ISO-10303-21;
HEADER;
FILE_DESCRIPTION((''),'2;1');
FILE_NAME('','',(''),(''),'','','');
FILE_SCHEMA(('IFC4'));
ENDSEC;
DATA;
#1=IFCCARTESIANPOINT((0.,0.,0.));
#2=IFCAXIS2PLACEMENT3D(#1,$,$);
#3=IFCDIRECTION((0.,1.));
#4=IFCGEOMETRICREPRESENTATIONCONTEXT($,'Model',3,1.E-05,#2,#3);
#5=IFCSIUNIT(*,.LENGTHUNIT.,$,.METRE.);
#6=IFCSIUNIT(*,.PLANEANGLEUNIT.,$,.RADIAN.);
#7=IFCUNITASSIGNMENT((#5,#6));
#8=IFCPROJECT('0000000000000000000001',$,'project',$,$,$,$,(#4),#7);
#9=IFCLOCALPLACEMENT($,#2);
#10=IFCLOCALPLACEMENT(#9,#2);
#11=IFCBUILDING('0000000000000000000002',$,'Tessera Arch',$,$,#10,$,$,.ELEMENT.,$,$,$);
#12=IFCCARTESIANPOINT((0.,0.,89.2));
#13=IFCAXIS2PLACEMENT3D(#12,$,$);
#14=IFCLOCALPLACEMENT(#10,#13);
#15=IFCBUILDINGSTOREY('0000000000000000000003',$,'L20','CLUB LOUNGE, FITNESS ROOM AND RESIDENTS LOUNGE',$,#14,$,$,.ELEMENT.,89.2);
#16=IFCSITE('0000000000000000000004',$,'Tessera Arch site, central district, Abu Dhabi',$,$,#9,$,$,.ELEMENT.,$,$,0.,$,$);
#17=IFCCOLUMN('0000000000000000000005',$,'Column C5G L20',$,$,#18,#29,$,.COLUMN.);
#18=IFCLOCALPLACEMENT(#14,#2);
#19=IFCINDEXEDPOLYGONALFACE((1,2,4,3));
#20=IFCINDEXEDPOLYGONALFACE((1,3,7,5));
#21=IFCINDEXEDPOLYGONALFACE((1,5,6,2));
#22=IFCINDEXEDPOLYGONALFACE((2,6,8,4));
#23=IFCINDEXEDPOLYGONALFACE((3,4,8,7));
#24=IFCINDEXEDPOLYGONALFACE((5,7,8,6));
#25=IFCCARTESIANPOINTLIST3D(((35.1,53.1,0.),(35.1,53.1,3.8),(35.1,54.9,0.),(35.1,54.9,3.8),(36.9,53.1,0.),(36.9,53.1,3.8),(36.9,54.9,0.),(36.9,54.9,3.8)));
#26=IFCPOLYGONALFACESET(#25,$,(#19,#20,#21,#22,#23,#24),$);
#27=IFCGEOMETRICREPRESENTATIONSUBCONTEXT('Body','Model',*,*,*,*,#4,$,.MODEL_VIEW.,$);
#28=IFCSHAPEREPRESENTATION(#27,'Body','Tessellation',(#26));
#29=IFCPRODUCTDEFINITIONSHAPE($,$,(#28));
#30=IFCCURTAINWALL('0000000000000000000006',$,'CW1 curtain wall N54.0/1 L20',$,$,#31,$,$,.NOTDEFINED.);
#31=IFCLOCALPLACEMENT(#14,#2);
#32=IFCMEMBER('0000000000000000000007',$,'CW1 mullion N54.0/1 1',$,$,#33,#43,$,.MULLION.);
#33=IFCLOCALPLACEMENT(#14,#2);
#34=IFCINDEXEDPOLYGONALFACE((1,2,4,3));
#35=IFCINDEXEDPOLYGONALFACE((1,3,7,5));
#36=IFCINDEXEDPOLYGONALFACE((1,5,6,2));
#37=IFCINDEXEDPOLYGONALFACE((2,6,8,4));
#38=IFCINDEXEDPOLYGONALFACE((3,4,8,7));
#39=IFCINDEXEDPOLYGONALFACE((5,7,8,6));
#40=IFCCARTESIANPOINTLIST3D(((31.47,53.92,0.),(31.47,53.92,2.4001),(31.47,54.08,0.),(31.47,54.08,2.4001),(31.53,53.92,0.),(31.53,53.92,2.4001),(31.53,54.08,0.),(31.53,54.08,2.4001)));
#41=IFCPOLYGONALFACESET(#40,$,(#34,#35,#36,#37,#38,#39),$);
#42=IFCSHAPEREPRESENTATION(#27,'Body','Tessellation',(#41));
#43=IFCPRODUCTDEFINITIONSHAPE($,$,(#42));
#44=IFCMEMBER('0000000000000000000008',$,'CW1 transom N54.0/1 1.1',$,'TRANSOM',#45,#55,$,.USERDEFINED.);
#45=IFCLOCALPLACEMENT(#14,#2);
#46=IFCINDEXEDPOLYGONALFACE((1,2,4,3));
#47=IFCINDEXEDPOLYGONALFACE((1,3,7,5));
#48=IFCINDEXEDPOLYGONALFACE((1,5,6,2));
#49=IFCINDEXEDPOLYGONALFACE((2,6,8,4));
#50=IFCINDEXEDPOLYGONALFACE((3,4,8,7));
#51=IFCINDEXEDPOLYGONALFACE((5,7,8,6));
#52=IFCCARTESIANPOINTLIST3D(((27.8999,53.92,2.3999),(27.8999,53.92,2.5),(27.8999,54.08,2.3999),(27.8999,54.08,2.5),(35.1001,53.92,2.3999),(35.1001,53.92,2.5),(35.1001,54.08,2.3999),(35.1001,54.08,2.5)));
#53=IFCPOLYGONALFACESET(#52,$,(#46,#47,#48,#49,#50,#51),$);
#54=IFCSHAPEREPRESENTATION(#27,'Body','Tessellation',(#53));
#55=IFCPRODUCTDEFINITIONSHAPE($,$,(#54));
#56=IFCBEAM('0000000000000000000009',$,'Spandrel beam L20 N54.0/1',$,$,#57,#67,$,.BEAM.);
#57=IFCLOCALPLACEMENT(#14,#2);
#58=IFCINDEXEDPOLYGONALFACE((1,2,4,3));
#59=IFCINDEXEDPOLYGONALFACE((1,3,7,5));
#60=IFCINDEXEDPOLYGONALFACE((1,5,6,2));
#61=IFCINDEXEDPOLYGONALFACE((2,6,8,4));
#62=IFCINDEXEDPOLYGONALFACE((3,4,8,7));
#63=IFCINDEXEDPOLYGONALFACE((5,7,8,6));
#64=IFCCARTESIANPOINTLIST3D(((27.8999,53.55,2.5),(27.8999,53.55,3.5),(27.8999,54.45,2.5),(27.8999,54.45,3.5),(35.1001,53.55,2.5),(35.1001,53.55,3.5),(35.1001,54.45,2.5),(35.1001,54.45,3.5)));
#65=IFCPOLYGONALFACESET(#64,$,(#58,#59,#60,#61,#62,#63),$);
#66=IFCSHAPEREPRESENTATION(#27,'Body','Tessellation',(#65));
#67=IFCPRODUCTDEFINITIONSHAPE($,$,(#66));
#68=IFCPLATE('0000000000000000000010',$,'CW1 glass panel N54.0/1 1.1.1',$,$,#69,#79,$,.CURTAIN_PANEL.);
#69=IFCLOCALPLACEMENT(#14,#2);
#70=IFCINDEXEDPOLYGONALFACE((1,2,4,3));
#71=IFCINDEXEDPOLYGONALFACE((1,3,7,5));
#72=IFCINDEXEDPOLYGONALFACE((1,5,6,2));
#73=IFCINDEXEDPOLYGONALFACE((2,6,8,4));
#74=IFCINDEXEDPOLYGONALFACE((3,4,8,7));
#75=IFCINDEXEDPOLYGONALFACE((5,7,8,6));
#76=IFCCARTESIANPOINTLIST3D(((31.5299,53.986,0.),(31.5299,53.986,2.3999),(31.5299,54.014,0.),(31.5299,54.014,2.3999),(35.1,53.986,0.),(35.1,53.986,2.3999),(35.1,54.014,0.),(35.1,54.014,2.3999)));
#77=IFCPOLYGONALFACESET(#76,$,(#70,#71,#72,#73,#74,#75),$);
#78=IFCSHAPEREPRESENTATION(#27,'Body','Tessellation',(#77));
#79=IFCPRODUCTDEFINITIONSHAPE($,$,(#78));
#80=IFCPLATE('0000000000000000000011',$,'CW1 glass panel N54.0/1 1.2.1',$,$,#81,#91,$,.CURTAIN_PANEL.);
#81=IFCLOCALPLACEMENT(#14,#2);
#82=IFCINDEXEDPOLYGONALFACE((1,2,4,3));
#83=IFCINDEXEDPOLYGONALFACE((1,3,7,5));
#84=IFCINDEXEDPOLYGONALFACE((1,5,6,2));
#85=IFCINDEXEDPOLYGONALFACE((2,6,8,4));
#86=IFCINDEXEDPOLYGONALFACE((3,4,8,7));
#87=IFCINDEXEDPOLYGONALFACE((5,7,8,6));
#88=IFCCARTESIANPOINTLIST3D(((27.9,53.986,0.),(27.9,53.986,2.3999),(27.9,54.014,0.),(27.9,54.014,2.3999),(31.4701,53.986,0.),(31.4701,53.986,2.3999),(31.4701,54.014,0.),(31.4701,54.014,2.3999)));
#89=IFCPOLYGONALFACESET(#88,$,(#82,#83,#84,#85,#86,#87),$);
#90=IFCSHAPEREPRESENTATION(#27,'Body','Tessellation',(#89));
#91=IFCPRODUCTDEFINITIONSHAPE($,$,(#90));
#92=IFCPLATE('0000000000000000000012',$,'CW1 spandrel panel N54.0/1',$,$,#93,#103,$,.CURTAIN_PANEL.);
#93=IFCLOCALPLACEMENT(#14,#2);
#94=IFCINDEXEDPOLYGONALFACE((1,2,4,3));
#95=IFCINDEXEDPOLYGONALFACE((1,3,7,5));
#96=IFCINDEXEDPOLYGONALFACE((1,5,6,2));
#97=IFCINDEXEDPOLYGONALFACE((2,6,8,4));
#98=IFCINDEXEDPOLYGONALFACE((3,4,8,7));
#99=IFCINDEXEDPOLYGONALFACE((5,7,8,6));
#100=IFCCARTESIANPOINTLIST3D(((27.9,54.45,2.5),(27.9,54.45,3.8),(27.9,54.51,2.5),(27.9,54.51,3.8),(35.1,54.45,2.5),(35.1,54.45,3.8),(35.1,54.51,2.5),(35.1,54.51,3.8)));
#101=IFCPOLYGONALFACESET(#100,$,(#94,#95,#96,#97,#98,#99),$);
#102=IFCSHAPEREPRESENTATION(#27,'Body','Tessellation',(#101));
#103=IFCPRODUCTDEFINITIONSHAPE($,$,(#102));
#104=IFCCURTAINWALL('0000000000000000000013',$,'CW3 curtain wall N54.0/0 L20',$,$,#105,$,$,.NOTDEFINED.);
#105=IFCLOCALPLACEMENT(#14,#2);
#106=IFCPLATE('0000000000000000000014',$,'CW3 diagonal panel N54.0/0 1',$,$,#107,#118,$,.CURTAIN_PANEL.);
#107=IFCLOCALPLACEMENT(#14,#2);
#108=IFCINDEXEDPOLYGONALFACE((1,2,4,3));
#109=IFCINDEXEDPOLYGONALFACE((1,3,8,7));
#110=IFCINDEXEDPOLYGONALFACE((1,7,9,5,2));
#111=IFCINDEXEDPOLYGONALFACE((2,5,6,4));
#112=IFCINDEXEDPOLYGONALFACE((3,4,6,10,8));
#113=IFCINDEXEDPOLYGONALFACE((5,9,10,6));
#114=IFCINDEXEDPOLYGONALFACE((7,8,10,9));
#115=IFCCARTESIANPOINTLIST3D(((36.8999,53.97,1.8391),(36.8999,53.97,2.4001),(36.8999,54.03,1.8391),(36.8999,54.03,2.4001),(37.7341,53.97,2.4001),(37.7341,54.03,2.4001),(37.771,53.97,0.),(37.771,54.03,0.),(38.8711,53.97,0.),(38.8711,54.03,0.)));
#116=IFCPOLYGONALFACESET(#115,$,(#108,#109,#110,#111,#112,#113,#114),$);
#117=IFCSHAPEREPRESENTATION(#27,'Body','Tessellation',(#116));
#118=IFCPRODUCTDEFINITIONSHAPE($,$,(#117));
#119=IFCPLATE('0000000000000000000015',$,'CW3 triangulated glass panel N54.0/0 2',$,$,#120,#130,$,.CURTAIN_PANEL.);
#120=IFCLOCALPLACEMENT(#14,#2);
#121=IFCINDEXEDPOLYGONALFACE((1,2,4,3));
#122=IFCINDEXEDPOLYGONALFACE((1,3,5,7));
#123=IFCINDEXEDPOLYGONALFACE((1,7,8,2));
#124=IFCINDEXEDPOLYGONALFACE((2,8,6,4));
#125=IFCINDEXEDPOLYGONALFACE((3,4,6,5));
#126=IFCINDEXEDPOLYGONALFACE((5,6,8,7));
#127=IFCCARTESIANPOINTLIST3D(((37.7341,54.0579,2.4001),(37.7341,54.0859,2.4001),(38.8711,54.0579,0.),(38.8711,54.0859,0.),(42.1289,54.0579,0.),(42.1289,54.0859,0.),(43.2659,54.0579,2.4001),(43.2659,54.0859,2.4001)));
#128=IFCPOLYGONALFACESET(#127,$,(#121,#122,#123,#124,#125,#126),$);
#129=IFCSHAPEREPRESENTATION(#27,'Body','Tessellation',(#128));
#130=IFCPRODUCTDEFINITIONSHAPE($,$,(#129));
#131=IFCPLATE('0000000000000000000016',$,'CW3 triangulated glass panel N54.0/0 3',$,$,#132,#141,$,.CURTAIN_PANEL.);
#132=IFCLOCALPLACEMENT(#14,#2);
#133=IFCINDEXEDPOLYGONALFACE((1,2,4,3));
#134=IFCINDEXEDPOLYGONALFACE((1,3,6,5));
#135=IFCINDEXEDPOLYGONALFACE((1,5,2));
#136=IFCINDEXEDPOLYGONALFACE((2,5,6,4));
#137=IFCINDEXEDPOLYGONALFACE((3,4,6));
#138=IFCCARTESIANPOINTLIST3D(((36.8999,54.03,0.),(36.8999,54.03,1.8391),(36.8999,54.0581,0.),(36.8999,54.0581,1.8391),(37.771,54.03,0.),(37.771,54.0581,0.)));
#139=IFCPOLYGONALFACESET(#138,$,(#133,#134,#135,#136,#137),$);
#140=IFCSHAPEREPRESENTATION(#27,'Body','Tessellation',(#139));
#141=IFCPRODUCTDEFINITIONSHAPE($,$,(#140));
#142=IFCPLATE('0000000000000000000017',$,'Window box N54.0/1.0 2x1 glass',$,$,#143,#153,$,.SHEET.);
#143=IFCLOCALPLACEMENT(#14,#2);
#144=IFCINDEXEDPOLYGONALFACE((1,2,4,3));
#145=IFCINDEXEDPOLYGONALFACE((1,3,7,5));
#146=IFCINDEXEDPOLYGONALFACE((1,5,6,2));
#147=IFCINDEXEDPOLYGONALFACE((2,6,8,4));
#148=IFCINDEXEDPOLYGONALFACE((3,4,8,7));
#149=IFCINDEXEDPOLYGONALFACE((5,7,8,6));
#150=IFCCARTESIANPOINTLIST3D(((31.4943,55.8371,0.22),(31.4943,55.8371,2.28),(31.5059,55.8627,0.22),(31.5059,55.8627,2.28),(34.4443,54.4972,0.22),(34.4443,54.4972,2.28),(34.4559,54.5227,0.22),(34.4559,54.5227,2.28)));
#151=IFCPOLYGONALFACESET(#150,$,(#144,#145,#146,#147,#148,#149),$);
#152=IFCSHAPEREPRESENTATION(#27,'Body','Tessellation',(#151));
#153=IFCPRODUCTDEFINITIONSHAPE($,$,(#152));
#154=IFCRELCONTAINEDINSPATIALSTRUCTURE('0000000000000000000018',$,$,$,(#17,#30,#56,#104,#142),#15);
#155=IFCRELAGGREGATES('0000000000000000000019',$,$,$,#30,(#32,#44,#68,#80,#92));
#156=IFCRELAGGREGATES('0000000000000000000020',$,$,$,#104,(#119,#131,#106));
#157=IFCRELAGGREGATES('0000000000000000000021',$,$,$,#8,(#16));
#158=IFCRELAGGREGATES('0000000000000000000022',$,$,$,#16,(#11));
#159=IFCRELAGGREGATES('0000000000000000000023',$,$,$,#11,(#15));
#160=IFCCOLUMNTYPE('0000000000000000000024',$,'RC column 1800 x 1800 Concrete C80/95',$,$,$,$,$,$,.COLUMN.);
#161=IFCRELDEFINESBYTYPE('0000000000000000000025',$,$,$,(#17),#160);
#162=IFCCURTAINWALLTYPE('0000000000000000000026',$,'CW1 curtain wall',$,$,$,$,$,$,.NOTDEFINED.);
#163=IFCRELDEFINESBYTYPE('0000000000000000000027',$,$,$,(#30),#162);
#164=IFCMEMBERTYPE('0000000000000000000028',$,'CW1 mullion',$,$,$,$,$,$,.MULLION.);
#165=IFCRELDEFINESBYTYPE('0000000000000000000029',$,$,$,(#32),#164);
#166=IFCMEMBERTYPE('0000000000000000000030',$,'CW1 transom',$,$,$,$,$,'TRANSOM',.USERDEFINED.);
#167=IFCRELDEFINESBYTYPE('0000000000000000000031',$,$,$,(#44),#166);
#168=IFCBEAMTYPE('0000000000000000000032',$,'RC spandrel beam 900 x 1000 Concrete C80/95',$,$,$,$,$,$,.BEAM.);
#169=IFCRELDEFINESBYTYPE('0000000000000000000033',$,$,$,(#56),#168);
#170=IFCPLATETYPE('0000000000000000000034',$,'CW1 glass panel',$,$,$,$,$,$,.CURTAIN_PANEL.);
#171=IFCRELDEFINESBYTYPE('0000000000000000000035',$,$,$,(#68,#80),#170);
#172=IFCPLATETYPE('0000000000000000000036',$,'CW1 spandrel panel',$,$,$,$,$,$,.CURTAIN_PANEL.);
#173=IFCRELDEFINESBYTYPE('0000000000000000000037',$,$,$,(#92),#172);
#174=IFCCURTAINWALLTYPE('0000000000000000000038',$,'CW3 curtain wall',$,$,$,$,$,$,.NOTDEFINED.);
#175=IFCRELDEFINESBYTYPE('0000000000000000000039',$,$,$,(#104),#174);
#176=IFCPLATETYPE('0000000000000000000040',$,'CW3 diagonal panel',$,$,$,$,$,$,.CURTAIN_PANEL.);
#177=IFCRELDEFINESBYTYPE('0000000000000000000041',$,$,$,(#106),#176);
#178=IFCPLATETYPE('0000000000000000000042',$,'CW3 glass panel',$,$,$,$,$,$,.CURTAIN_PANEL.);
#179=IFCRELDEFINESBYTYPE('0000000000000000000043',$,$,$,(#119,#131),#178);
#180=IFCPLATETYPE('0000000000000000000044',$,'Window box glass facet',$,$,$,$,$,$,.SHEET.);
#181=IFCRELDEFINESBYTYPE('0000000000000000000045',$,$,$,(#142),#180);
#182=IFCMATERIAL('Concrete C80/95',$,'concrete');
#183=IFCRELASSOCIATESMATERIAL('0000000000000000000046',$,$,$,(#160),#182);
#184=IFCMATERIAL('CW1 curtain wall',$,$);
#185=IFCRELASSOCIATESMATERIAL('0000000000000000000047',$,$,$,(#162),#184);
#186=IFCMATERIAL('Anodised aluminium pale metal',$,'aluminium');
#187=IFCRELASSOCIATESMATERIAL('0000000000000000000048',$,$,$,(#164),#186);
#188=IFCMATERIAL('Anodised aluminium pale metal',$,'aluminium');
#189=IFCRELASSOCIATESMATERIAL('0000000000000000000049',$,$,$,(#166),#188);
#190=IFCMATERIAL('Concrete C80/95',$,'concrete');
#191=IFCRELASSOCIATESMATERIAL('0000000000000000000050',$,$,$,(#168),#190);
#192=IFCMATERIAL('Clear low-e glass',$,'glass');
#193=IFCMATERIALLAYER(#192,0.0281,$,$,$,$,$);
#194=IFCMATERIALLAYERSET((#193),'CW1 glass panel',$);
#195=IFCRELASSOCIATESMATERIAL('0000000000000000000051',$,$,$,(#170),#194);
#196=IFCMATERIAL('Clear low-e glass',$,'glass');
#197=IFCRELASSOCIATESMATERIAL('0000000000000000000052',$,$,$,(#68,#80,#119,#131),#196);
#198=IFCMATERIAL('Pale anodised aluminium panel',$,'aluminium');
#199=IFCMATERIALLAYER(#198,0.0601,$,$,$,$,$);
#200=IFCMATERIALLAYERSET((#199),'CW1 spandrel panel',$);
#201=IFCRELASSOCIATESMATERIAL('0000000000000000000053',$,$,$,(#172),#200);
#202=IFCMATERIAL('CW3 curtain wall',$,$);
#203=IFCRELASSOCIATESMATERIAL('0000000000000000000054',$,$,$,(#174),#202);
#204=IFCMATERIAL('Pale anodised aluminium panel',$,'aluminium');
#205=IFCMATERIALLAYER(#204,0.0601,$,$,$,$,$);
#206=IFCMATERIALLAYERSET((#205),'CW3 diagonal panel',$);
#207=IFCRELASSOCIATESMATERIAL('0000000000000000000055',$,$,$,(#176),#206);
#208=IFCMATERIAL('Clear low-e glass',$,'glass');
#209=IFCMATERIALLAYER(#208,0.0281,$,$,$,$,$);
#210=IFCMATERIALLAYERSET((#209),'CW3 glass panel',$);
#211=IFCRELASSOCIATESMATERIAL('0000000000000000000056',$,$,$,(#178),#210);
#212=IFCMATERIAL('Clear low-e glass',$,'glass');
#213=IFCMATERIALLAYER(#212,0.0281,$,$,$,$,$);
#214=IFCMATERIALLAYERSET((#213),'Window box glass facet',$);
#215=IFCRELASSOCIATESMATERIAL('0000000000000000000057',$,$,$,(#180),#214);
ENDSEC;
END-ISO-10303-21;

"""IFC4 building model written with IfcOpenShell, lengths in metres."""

from ifc_helpers import new_model, si_unit, direction, frame, origin, origin_2d, place, context, subcontext, project, spatial, polyline, rectangle, outline, extrude, material, layer, layer_set, material_profile, profile_set, type_object, element, aggregate, save


model = new_model("IFC4")

# Units and contexts
model_context = context("Model", 3, precision=1e-05, world=origin(), true_north=direction((0.0, 1.0)))
body_context = subcontext(model_context, "Body", "Model", "MODEL_VIEW")
ifc_project = project(units=[si_unit("LENGTHUNIT", "METRE"), si_unit("PLANEANGLEUNIT", "RADIAN")], contexts=[model_context])

# Site, building, storey
site_placement = place(None, origin())
site = spatial("IfcSite", under=ifc_project, at=site_placement, Name="Tessera Arch site, central district, Abu Dhabi", CompositionType="ELEMENT", RefElevation=0.0)
building_placement = place(site_placement, origin())
building = spatial("IfcBuilding", under=site, at=building_placement, Name="Tessera Arch", CompositionType="ELEMENT")
storey_placement = place(building_placement, frame((0.0, 0.0, 89.2)))
storey = spatial("IfcBuildingStorey", under=building, at=storey_placement, Name="L20", Description="CLUB LOUNGE, FITNESS ROOM AND RESIDENTS LOUNGE", CompositionType="ELEMENT", Elevation=89.2)

# Column
ifc_material_1 = material(Name="Concrete C80/95", Category="concrete")
ifc_material_profile_1 = material_profile(ifc_material_1, rectangle(XDim=1.8, YDim=1.8, at=origin_2d()), Name="RC column 1800 x 1800 Concrete C80/95")
ifc_profile_set_1 = profile_set([ifc_material_profile_1], Name="Concrete C80/95")
column_type = type_object("IfcColumnType", Name="RC column 1800 x 1800 Concrete C80/95", PredefinedType="COLUMN", material=ifc_profile_set_1)
column_placement = place(storey_placement, frame((36.0, 54.0, 0.0), z_axis=(0.0, 0.0, 1.0), x_axis=(1.0, 0.0, 0.0)))
element("IfcColumn", 1, at=column_placement, inside=storey, type_object=column_type, Name="Column C5G L20", PredefinedType="COLUMN", context=body_context, shape_type="SweptSolid", body=[
    extrude(rectangle(XDim=1.8, YDim=1.8, at=origin_2d()), origin(), (0.0, 0.0, 1.0), 3.8),
])

# Curtain wall, members
ifc_material_2 = material(Name="CW1 curtain wall")
curtain_wall_type_1 = type_object("IfcCurtainWallType", Name="CW1 curtain wall", PredefinedType="NOTDEFINED", material=ifc_material_2)
curtain_wall_1_placement = place(storey_placement, origin())
curtain_wall_1 = element("IfcCurtainWall", 2, at=curtain_wall_1_placement, inside=storey, type_object=curtain_wall_type_1, Name="CW1 curtain wall N54.0/1 L20", PredefinedType="NOTDEFINED")
ifc_material_3 = material(Name="Anodised aluminium pale metal", Category="aluminium")
ifc_material_profile_2 = material_profile(ifc_material_3, rectangle(XDim=0.1599, YDim=0.0601, at=origin_2d()), Name="AL 60x160")
ifc_profile_set_2 = profile_set([ifc_material_profile_2], Name="Anodised aluminium pale metal")
member_type_1 = type_object("IfcMemberType", Name="CW1 mullion", PredefinedType="MULLION", material=ifc_profile_set_2)
member_1_placement = place(storey_placement, frame((31.5, 54.0, 0.0), z_axis=(0.0, 0.0, 1.0), x_axis=(0.0, -1.0, 0.0)))
member_1 = element("IfcMember", 3, at=member_1_placement, type_object=member_type_1, Name="CW1 mullion N54.0/1 1", PredefinedType="MULLION", context=body_context, shape_type="SweptSolid", body=[
    extrude(rectangle(XDim=0.1599, YDim=0.0601, at=origin_2d()), origin(), (0.0, 0.0, 1.0), 2.4001),
])
ifc_material_4 = material(Name="Anodised aluminium pale metal", Category="aluminium")
ifc_material_profile_3 = material_profile(ifc_material_4, rectangle(XDim=0.1599, YDim=0.1001, at=origin_2d()), Name="AL 160x100")
ifc_profile_set_3 = profile_set([ifc_material_profile_3], Name="Anodised aluminium pale metal")
member_type_2 = type_object("IfcMemberType", Name="CW1 transom", ElementType="TRANSOM", PredefinedType="USERDEFINED", material=ifc_profile_set_3)
member_2_placement = place(storey_placement, frame((35.1001, 54.0, 2.45), z_axis=(-1.0, 0.0, 0.0), x_axis=(0.0, -1.0, 0.0)))
member_2 = element("IfcMember", 4, at=member_2_placement, type_object=member_type_2, Name="CW1 transom N54.0/1 1.1", ObjectType="TRANSOM", PredefinedType="USERDEFINED", context=body_context, shape_type="SweptSolid", body=[
    extrude(rectangle(XDim=0.1599, YDim=0.1001, at=origin_2d()), origin(), (0.0, 0.0, 1.0), 7.2002),
])

# Beam
ifc_material_5 = material(Name="Concrete C80/95", Category="concrete")
ifc_material_profile_4 = material_profile(ifc_material_5, rectangle(XDim=0.8999, YDim=1.0, at=origin_2d()), Name="RC spandrel beam 900 x 1000 Concrete C80/95")
ifc_profile_set_4 = profile_set([ifc_material_profile_4], Name="Concrete C80/95")
beam_type = type_object("IfcBeamType", Name="RC spandrel beam 900 x 1000 Concrete C80/95", PredefinedType="BEAM", material=ifc_profile_set_4)
beam_placement = place(storey_placement, frame((35.1001, 54.0, 3.0), z_axis=(-1.0, 0.0, 0.0), x_axis=(0.0, -1.0, 0.0)))
element("IfcBeam", 5, at=beam_placement, inside=storey, type_object=beam_type, Name="Spandrel beam L20 N54.0/1", PredefinedType="BEAM", context=body_context, shape_type="SweptSolid", body=[
    extrude(rectangle(XDim=0.8999, YDim=1.0, at=origin_2d()), origin(), (0.0, 0.0, 1.0), 7.2002),
])

# Plates
ifc_material_6 = material(Name="Clear low-e glass", Category="glass")
ifc_material_7 = material(Name="Clear low-e glass", Category="glass")
ifc_layer_1 = layer(ifc_material_7, 0.0281)
ifc_layer_set_1 = layer_set([ifc_layer_1], Name="CW1 glass panel")
plate_type_1 = type_object("IfcPlateType", Name="CW1 glass panel", PredefinedType="CURTAIN_PANEL", material=ifc_layer_set_1)
plate_1_placement = place(storey_placement, frame((33.3149, 54.0, 0.0), z_axis=(0.0, 0.0, 1.0), x_axis=(-1.0, 0.0, 0.0)))
plate_1 = element("IfcPlate", 6, at=plate_1_placement, type_object=plate_type_1, material=ifc_material_6, Name="CW1 glass panel N54.0/1 1.1.1", PredefinedType="CURTAIN_PANEL", context=body_context, shape_type="SweptSolid", body=[
    extrude(rectangle(XDim=3.5701, YDim=0.0281, at=origin_2d()), origin(), (0.0, 0.0, 1.0), 2.3999),
])
plate_2_placement = place(storey_placement, frame((29.6851, 54.0, 0.0), z_axis=(0.0, 0.0, 1.0), x_axis=(-1.0, 0.0, 0.0)))
plate_2 = element("IfcPlate", 7, at=plate_2_placement, type_object=plate_type_1, material=ifc_material_6, Name="CW1 glass panel N54.0/1 1.2.1", PredefinedType="CURTAIN_PANEL", context=body_context, shape_type="SweptSolid", body=[
    extrude(rectangle(XDim=3.5701, YDim=0.0281, at=origin_2d()), origin(), (0.0, 0.0, 1.0), 2.3999),
])
ifc_material_8 = material(Name="Pale anodised aluminium panel", Category="aluminium")
ifc_layer_2 = layer(ifc_material_8, 0.0601)
ifc_layer_set_2 = layer_set([ifc_layer_2], Name="CW1 spandrel panel")
plate_type_2 = type_object("IfcPlateType", Name="CW1 spandrel panel", PredefinedType="CURTAIN_PANEL", material=ifc_layer_set_2)
plate_3_placement = place(storey_placement, frame((31.5, 54.48, 2.5), z_axis=(0.0, 0.0, 1.0), x_axis=(-1.0, 0.0, 0.0)))
plate_3 = element("IfcPlate", 8, at=plate_3_placement, type_object=plate_type_2, Name="CW1 spandrel panel N54.0/1", PredefinedType="CURTAIN_PANEL", context=body_context, shape_type="SweptSolid", body=[
    extrude(rectangle(XDim=7.2, YDim=0.0601, at=origin_2d()), origin(), (0.0, 0.0, 1.0), 1.3),
])
aggregate(curtain_wall_1, [member_1, member_2, plate_1, plate_2, plate_3])

# Curtain wall, plates
ifc_material_9 = material(Name="CW3 curtain wall")
curtain_wall_type_2 = type_object("IfcCurtainWallType", Name="CW3 curtain wall", PredefinedType="NOTDEFINED", material=ifc_material_9)
curtain_wall_2_placement = place(storey_placement, origin())
curtain_wall_2 = element("IfcCurtainWall", 9, at=curtain_wall_2_placement, inside=storey, type_object=curtain_wall_type_2, Name="CW3 curtain wall N54.0/0 L20", PredefinedType="NOTDEFINED")
ifc_material_10 = material(Name="Pale anodised aluminium panel", Category="aluminium")
ifc_layer_3 = layer(ifc_material_10, 0.0601)
ifc_layer_set_3 = layer_set([ifc_layer_3], Name="CW3 diagonal panel")
plate_type_3 = type_object("IfcPlateType", Name="CW3 diagonal panel", PredefinedType="CURTAIN_PANEL", material=ifc_layer_set_3)
plate_4_placement = place(storey_placement, frame((36.8999, 54.03, 2.4001), z_axis=(0.0, 1.0, 0.0), x_axis=(1.0, 0.0, 0.0)))
plate_4 = element("IfcPlate", 10, at=plate_4_placement, type_object=plate_type_3, Name="CW3 diagonal panel N54.0/0 1", PredefinedType="CURTAIN_PANEL", context=body_context, shape_type="SweptSolid", body=[
    extrude(outline(polyline([(0.0, 0.0), (0.8342, 0.0), (1.9712, 2.4001), (0.8711, 2.4001), (0.0, 0.561), (0.0, 0.0)])), origin(), (0.0, 0.0, -1.0), 0.0601),
])
ifc_material_11 = material(Name="Clear low-e glass", Category="glass")
ifc_layer_4 = layer(ifc_material_11, 0.0281)
ifc_layer_set_4 = layer_set([ifc_layer_4], Name="CW3 glass panel")
plate_type_4 = type_object("IfcPlateType", Name="CW3 glass panel", PredefinedType="CURTAIN_PANEL", material=ifc_layer_set_4)
plate_5_placement = place(storey_placement, frame((37.7341, 54.0859, 2.4001), z_axis=(0.0, 1.0, 0.0), x_axis=(1.0, 0.0, 0.0)))
plate_5 = element("IfcPlate", 11, at=plate_5_placement, type_object=plate_type_4, material=ifc_material_6, Name="CW3 triangulated glass panel N54.0/0 2", PredefinedType="CURTAIN_PANEL", context=body_context, shape_type="SweptSolid", body=[
    extrude(outline(polyline([(0.0, 0.0), (5.5317, 0.0), (4.3948, 2.4001), (1.137, 2.4001), (0.0, 0.0)])), origin(), (0.0, 0.0, -1.0), 0.0281),
])
plate_6_placement = place(storey_placement, frame((36.8999, 54.0581, 0.0), z_axis=(0.0, 1.0, 0.0), x_axis=(0.0, 0.0, 1.0)))
plate_6 = element("IfcPlate", 12, at=plate_6_placement, type_object=plate_type_4, material=ifc_material_6, Name="CW3 triangulated glass panel N54.0/0 3", PredefinedType="CURTAIN_PANEL", context=body_context, shape_type="SweptSolid", body=[
    extrude(outline(polyline([(0.0, 0.0), (1.8391, 0.0), (0.0, 0.8711), (0.0, 0.0)])), origin(), (0.0, 0.0, -1.0), 0.0281),
])
aggregate(curtain_wall_2, [plate_5, plate_6, plate_4])

# Plate
ifc_material_12 = material(Name="Clear low-e glass", Category="glass")
ifc_layer_5 = layer(ifc_material_12, 0.0281)
ifc_layer_set_5 = layer_set([ifc_layer_5], Name="Window box glass facet")
plate_type_5 = type_object("IfcPlateType", Name="Window box glass facet", PredefinedType="SHEET", material=ifc_layer_set_5)
plate_7_placement = place(storey_placement, frame((32.9751, 55.1799, 0.22), z_axis=(0.0, 0.0, 1.0), x_axis=(-0.910472, 0.41357, 0.0)))
element("IfcPlate", 13, at=plate_7_placement, inside=storey, type_object=plate_type_5, Name="Window box N54.0/1.0 2x1 glass", PredefinedType="SHEET", context=body_context, shape_type="SweptSolid", body=[
    extrude(rectangle(XDim=3.24, YDim=0.0281, at=origin_2d()), origin(), (0.0, 0.0, 1.0), 2.0601),
])

save(model, "model.ifc")
